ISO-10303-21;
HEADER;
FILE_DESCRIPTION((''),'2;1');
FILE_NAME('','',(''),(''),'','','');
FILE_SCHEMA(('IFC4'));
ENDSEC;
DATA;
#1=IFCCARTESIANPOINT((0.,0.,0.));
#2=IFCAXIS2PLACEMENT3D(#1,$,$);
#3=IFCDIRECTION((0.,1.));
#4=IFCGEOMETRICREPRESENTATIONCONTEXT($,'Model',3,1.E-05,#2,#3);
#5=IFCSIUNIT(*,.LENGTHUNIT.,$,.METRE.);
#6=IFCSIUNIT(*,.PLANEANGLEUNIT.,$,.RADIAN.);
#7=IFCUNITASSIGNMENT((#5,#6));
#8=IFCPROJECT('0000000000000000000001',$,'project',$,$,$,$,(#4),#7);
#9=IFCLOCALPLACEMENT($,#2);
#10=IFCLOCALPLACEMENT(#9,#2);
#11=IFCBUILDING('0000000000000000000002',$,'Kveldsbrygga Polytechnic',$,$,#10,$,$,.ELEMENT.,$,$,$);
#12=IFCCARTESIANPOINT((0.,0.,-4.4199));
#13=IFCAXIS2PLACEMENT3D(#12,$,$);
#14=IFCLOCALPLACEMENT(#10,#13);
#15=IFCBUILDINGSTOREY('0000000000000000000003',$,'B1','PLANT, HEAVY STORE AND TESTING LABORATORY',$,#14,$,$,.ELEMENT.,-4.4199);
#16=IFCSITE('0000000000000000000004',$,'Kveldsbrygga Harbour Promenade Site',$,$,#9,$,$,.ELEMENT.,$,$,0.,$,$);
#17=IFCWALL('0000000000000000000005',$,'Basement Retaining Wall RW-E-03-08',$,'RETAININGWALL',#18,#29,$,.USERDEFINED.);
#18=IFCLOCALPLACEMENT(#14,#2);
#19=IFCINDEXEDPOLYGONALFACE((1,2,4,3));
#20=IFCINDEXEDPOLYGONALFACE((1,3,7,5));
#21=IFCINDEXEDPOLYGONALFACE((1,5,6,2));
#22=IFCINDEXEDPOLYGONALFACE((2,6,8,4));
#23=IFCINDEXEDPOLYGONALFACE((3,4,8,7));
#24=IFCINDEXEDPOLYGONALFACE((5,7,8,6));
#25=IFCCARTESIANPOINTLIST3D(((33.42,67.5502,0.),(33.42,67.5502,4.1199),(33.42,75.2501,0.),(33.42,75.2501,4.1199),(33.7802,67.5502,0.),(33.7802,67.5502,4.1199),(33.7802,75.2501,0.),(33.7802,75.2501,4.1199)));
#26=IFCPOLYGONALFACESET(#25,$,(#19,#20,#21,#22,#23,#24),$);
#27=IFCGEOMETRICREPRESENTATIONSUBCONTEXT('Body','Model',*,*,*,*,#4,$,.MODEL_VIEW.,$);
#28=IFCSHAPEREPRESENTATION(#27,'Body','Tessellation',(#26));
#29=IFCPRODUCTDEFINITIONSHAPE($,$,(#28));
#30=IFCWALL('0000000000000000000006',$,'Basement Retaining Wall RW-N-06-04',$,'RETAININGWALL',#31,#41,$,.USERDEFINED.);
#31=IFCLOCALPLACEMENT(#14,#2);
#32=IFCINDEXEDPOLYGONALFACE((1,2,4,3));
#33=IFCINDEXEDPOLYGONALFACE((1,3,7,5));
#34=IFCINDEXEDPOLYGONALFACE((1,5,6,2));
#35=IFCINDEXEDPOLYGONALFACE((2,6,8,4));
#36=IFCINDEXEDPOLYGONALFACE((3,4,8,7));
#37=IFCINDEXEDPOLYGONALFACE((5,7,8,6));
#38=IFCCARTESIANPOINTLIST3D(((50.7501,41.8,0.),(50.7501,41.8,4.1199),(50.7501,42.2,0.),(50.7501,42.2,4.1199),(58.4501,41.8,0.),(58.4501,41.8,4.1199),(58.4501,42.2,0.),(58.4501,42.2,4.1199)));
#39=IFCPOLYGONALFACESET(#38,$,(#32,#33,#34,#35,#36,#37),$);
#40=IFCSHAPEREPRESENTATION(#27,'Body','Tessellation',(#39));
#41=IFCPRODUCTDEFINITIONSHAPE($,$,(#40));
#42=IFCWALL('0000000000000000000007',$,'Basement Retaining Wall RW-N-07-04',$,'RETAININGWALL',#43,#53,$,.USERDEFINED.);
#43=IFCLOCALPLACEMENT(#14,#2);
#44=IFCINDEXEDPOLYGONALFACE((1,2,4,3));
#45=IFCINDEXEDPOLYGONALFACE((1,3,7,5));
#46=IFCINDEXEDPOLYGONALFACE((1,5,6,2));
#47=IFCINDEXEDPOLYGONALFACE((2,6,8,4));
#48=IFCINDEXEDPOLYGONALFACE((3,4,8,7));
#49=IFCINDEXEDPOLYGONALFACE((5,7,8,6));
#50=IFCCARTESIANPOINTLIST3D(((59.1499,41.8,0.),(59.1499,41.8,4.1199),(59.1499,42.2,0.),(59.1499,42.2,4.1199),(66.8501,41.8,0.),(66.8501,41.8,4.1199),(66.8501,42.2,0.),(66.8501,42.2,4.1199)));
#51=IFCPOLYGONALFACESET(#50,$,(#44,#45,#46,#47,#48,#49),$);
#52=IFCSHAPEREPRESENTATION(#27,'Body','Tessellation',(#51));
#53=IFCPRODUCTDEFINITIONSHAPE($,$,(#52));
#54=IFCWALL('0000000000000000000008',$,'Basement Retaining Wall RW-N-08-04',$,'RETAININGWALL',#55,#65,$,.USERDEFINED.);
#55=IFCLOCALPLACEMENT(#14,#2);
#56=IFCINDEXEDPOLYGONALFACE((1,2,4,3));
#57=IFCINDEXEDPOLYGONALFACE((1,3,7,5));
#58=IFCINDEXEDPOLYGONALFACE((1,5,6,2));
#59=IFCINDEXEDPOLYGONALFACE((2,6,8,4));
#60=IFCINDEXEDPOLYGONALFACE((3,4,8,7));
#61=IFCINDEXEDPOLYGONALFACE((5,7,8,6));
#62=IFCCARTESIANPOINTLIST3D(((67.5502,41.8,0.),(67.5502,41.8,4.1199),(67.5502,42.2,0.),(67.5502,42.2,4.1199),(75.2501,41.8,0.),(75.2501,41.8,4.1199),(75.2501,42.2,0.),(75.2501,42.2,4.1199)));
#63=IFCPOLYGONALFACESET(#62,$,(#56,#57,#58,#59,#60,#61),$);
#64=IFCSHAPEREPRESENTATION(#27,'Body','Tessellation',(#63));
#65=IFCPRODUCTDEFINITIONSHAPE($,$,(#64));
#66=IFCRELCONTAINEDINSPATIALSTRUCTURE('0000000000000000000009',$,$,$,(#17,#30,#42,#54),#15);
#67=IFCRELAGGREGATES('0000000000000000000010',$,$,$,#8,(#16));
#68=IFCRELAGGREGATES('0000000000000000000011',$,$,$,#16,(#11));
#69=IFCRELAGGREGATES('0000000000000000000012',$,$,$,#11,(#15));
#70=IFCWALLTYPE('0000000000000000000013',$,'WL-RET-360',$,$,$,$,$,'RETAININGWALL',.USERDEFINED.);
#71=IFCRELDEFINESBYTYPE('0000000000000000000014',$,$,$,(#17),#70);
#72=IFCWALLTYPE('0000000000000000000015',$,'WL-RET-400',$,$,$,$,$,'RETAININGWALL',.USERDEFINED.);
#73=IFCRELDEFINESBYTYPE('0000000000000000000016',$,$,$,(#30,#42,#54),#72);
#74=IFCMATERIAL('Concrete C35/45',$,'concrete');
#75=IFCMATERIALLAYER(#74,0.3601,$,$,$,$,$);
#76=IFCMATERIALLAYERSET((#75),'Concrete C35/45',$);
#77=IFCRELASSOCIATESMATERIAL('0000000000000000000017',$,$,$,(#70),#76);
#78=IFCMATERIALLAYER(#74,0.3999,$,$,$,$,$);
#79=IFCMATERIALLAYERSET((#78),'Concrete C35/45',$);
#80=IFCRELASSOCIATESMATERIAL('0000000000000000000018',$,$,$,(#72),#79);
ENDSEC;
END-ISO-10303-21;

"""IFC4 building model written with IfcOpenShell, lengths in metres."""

from ifc_helpers import new_model, si_unit, direction, frame, frame_2d, origin, place, context, subcontext, project, spatial, rectangle, extrude, material, layer, layer_set, type_object, element, save


model = new_model("IFC4")

# Units and contexts
model_context = context("Model", 3, precision=1e-05, world=origin(), true_north=direction((0.0, 1.0)))
body_context = subcontext(model_context, "Body", "Model", "MODEL_VIEW")
ifc_project = project(units=[si_unit("LENGTHUNIT", "METRE"), si_unit("PLANEANGLEUNIT", "RADIAN")], contexts=[model_context])

# Site, building, storey
site_placement = place(None, origin())
site = spatial("IfcSite", under=ifc_project, at=site_placement, Name="Kveldsbrygga Harbour Promenade Site", CompositionType="ELEMENT", RefElevation=0.0)
building_placement = place(site_placement, origin())
building = spatial("IfcBuilding", under=site, at=building_placement, Name="Kveldsbrygga Polytechnic", CompositionType="ELEMENT")
storey_placement = place(building_placement, frame((0.0, 0.0, -4.4199)))
storey = spatial("IfcBuildingStorey", under=building, at=storey_placement, Name="B1", Description="PLANT, HEAVY STORE AND TESTING LABORATORY", CompositionType="ELEMENT", Elevation=-4.4199)

# Shared definitions
ifc_material_1 = material(Name="Concrete C35/45", Category="concrete")

# Walls
ifc_layer_1 = layer(ifc_material_1, 0.3601)
ifc_layer_set_1 = layer_set([ifc_layer_1], Name="Concrete C35/45")
wall_type_1 = type_object("IfcWallType", Name="WL-RET-360", ElementType="RETAININGWALL", PredefinedType="USERDEFINED", material=ifc_layer_set_1)
wall_1_placement = place(storey_placement, frame((33.6001, 67.55, 0.0), z_axis=(0.0, 0.0, 1.0), x_axis=(0.0, 1.0, 0.0)))
element("IfcWall", 1, at=wall_1_placement, inside=storey, type_object=wall_type_1, Name="Basement Retaining Wall RW-E-03-08", ObjectType="RETAININGWALL", PredefinedType="USERDEFINED", context=body_context, shape_type="SweptSolid", body=[
    extrude(rectangle(XDim=7.7, YDim=0.3601, at=frame_2d((3.8501, 0.0))), origin(), (0.0, 0.0, 1.0), 4.1199),
])
ifc_layer_2 = layer(ifc_material_1, 0.3999)
ifc_layer_set_2 = layer_set([ifc_layer_2], Name="Concrete C35/45")
wall_type_2 = type_object("IfcWallType", Name="WL-RET-400", ElementType="RETAININGWALL", PredefinedType="USERDEFINED", material=ifc_layer_set_2)
wall_2_placement = place(storey_placement, frame((50.75, 42.0, 0.0), z_axis=(0.0, 0.0, 1.0), x_axis=(1.0, 0.0, 0.0)))
element("IfcWall", 2, at=wall_2_placement, inside=storey, type_object=wall_type_2, Name="Basement Retaining Wall RW-N-06-04", ObjectType="RETAININGWALL", PredefinedType="USERDEFINED", context=body_context, shape_type="SweptSolid", body=[
    extrude(rectangle(XDim=7.7, YDim=0.3999, at=frame_2d((3.8501, 0.0))), origin(), (0.0, 0.0, 1.0), 4.1199),
])
wall_3_placement = place(storey_placement, frame((59.1499, 42.0, 0.0), z_axis=(0.0, 0.0, 1.0), x_axis=(1.0, 0.0, 0.0)))
element("IfcWall", 3, at=wall_3_placement, inside=storey, type_object=wall_type_2, Name="Basement Retaining Wall RW-N-07-04", ObjectType="RETAININGWALL", PredefinedType="USERDEFINED", context=body_context, shape_type="SweptSolid", body=[
    extrude(rectangle(XDim=7.7002, YDim=0.3999, at=frame_2d((3.8501, 0.0))), origin(), (0.0, 0.0, 1.0), 4.1199),
])
wall_4_placement = place(storey_placement, frame((67.55, 42.0, 0.0), z_axis=(0.0, 0.0, 1.0), x_axis=(1.0, 0.0, 0.0)))
element("IfcWall", 4, at=wall_4_placement, inside=storey, type_object=wall_type_2, Name="Basement Retaining Wall RW-N-08-04", ObjectType="RETAININGWALL", PredefinedType="USERDEFINED", context=body_context, shape_type="SweptSolid", body=[
    extrude(rectangle(XDim=7.7, YDim=0.3999, at=frame_2d((3.8501, 0.0))), origin(), (0.0, 0.0, 1.0), 4.1199),
])

save(model, "model.ifc")
